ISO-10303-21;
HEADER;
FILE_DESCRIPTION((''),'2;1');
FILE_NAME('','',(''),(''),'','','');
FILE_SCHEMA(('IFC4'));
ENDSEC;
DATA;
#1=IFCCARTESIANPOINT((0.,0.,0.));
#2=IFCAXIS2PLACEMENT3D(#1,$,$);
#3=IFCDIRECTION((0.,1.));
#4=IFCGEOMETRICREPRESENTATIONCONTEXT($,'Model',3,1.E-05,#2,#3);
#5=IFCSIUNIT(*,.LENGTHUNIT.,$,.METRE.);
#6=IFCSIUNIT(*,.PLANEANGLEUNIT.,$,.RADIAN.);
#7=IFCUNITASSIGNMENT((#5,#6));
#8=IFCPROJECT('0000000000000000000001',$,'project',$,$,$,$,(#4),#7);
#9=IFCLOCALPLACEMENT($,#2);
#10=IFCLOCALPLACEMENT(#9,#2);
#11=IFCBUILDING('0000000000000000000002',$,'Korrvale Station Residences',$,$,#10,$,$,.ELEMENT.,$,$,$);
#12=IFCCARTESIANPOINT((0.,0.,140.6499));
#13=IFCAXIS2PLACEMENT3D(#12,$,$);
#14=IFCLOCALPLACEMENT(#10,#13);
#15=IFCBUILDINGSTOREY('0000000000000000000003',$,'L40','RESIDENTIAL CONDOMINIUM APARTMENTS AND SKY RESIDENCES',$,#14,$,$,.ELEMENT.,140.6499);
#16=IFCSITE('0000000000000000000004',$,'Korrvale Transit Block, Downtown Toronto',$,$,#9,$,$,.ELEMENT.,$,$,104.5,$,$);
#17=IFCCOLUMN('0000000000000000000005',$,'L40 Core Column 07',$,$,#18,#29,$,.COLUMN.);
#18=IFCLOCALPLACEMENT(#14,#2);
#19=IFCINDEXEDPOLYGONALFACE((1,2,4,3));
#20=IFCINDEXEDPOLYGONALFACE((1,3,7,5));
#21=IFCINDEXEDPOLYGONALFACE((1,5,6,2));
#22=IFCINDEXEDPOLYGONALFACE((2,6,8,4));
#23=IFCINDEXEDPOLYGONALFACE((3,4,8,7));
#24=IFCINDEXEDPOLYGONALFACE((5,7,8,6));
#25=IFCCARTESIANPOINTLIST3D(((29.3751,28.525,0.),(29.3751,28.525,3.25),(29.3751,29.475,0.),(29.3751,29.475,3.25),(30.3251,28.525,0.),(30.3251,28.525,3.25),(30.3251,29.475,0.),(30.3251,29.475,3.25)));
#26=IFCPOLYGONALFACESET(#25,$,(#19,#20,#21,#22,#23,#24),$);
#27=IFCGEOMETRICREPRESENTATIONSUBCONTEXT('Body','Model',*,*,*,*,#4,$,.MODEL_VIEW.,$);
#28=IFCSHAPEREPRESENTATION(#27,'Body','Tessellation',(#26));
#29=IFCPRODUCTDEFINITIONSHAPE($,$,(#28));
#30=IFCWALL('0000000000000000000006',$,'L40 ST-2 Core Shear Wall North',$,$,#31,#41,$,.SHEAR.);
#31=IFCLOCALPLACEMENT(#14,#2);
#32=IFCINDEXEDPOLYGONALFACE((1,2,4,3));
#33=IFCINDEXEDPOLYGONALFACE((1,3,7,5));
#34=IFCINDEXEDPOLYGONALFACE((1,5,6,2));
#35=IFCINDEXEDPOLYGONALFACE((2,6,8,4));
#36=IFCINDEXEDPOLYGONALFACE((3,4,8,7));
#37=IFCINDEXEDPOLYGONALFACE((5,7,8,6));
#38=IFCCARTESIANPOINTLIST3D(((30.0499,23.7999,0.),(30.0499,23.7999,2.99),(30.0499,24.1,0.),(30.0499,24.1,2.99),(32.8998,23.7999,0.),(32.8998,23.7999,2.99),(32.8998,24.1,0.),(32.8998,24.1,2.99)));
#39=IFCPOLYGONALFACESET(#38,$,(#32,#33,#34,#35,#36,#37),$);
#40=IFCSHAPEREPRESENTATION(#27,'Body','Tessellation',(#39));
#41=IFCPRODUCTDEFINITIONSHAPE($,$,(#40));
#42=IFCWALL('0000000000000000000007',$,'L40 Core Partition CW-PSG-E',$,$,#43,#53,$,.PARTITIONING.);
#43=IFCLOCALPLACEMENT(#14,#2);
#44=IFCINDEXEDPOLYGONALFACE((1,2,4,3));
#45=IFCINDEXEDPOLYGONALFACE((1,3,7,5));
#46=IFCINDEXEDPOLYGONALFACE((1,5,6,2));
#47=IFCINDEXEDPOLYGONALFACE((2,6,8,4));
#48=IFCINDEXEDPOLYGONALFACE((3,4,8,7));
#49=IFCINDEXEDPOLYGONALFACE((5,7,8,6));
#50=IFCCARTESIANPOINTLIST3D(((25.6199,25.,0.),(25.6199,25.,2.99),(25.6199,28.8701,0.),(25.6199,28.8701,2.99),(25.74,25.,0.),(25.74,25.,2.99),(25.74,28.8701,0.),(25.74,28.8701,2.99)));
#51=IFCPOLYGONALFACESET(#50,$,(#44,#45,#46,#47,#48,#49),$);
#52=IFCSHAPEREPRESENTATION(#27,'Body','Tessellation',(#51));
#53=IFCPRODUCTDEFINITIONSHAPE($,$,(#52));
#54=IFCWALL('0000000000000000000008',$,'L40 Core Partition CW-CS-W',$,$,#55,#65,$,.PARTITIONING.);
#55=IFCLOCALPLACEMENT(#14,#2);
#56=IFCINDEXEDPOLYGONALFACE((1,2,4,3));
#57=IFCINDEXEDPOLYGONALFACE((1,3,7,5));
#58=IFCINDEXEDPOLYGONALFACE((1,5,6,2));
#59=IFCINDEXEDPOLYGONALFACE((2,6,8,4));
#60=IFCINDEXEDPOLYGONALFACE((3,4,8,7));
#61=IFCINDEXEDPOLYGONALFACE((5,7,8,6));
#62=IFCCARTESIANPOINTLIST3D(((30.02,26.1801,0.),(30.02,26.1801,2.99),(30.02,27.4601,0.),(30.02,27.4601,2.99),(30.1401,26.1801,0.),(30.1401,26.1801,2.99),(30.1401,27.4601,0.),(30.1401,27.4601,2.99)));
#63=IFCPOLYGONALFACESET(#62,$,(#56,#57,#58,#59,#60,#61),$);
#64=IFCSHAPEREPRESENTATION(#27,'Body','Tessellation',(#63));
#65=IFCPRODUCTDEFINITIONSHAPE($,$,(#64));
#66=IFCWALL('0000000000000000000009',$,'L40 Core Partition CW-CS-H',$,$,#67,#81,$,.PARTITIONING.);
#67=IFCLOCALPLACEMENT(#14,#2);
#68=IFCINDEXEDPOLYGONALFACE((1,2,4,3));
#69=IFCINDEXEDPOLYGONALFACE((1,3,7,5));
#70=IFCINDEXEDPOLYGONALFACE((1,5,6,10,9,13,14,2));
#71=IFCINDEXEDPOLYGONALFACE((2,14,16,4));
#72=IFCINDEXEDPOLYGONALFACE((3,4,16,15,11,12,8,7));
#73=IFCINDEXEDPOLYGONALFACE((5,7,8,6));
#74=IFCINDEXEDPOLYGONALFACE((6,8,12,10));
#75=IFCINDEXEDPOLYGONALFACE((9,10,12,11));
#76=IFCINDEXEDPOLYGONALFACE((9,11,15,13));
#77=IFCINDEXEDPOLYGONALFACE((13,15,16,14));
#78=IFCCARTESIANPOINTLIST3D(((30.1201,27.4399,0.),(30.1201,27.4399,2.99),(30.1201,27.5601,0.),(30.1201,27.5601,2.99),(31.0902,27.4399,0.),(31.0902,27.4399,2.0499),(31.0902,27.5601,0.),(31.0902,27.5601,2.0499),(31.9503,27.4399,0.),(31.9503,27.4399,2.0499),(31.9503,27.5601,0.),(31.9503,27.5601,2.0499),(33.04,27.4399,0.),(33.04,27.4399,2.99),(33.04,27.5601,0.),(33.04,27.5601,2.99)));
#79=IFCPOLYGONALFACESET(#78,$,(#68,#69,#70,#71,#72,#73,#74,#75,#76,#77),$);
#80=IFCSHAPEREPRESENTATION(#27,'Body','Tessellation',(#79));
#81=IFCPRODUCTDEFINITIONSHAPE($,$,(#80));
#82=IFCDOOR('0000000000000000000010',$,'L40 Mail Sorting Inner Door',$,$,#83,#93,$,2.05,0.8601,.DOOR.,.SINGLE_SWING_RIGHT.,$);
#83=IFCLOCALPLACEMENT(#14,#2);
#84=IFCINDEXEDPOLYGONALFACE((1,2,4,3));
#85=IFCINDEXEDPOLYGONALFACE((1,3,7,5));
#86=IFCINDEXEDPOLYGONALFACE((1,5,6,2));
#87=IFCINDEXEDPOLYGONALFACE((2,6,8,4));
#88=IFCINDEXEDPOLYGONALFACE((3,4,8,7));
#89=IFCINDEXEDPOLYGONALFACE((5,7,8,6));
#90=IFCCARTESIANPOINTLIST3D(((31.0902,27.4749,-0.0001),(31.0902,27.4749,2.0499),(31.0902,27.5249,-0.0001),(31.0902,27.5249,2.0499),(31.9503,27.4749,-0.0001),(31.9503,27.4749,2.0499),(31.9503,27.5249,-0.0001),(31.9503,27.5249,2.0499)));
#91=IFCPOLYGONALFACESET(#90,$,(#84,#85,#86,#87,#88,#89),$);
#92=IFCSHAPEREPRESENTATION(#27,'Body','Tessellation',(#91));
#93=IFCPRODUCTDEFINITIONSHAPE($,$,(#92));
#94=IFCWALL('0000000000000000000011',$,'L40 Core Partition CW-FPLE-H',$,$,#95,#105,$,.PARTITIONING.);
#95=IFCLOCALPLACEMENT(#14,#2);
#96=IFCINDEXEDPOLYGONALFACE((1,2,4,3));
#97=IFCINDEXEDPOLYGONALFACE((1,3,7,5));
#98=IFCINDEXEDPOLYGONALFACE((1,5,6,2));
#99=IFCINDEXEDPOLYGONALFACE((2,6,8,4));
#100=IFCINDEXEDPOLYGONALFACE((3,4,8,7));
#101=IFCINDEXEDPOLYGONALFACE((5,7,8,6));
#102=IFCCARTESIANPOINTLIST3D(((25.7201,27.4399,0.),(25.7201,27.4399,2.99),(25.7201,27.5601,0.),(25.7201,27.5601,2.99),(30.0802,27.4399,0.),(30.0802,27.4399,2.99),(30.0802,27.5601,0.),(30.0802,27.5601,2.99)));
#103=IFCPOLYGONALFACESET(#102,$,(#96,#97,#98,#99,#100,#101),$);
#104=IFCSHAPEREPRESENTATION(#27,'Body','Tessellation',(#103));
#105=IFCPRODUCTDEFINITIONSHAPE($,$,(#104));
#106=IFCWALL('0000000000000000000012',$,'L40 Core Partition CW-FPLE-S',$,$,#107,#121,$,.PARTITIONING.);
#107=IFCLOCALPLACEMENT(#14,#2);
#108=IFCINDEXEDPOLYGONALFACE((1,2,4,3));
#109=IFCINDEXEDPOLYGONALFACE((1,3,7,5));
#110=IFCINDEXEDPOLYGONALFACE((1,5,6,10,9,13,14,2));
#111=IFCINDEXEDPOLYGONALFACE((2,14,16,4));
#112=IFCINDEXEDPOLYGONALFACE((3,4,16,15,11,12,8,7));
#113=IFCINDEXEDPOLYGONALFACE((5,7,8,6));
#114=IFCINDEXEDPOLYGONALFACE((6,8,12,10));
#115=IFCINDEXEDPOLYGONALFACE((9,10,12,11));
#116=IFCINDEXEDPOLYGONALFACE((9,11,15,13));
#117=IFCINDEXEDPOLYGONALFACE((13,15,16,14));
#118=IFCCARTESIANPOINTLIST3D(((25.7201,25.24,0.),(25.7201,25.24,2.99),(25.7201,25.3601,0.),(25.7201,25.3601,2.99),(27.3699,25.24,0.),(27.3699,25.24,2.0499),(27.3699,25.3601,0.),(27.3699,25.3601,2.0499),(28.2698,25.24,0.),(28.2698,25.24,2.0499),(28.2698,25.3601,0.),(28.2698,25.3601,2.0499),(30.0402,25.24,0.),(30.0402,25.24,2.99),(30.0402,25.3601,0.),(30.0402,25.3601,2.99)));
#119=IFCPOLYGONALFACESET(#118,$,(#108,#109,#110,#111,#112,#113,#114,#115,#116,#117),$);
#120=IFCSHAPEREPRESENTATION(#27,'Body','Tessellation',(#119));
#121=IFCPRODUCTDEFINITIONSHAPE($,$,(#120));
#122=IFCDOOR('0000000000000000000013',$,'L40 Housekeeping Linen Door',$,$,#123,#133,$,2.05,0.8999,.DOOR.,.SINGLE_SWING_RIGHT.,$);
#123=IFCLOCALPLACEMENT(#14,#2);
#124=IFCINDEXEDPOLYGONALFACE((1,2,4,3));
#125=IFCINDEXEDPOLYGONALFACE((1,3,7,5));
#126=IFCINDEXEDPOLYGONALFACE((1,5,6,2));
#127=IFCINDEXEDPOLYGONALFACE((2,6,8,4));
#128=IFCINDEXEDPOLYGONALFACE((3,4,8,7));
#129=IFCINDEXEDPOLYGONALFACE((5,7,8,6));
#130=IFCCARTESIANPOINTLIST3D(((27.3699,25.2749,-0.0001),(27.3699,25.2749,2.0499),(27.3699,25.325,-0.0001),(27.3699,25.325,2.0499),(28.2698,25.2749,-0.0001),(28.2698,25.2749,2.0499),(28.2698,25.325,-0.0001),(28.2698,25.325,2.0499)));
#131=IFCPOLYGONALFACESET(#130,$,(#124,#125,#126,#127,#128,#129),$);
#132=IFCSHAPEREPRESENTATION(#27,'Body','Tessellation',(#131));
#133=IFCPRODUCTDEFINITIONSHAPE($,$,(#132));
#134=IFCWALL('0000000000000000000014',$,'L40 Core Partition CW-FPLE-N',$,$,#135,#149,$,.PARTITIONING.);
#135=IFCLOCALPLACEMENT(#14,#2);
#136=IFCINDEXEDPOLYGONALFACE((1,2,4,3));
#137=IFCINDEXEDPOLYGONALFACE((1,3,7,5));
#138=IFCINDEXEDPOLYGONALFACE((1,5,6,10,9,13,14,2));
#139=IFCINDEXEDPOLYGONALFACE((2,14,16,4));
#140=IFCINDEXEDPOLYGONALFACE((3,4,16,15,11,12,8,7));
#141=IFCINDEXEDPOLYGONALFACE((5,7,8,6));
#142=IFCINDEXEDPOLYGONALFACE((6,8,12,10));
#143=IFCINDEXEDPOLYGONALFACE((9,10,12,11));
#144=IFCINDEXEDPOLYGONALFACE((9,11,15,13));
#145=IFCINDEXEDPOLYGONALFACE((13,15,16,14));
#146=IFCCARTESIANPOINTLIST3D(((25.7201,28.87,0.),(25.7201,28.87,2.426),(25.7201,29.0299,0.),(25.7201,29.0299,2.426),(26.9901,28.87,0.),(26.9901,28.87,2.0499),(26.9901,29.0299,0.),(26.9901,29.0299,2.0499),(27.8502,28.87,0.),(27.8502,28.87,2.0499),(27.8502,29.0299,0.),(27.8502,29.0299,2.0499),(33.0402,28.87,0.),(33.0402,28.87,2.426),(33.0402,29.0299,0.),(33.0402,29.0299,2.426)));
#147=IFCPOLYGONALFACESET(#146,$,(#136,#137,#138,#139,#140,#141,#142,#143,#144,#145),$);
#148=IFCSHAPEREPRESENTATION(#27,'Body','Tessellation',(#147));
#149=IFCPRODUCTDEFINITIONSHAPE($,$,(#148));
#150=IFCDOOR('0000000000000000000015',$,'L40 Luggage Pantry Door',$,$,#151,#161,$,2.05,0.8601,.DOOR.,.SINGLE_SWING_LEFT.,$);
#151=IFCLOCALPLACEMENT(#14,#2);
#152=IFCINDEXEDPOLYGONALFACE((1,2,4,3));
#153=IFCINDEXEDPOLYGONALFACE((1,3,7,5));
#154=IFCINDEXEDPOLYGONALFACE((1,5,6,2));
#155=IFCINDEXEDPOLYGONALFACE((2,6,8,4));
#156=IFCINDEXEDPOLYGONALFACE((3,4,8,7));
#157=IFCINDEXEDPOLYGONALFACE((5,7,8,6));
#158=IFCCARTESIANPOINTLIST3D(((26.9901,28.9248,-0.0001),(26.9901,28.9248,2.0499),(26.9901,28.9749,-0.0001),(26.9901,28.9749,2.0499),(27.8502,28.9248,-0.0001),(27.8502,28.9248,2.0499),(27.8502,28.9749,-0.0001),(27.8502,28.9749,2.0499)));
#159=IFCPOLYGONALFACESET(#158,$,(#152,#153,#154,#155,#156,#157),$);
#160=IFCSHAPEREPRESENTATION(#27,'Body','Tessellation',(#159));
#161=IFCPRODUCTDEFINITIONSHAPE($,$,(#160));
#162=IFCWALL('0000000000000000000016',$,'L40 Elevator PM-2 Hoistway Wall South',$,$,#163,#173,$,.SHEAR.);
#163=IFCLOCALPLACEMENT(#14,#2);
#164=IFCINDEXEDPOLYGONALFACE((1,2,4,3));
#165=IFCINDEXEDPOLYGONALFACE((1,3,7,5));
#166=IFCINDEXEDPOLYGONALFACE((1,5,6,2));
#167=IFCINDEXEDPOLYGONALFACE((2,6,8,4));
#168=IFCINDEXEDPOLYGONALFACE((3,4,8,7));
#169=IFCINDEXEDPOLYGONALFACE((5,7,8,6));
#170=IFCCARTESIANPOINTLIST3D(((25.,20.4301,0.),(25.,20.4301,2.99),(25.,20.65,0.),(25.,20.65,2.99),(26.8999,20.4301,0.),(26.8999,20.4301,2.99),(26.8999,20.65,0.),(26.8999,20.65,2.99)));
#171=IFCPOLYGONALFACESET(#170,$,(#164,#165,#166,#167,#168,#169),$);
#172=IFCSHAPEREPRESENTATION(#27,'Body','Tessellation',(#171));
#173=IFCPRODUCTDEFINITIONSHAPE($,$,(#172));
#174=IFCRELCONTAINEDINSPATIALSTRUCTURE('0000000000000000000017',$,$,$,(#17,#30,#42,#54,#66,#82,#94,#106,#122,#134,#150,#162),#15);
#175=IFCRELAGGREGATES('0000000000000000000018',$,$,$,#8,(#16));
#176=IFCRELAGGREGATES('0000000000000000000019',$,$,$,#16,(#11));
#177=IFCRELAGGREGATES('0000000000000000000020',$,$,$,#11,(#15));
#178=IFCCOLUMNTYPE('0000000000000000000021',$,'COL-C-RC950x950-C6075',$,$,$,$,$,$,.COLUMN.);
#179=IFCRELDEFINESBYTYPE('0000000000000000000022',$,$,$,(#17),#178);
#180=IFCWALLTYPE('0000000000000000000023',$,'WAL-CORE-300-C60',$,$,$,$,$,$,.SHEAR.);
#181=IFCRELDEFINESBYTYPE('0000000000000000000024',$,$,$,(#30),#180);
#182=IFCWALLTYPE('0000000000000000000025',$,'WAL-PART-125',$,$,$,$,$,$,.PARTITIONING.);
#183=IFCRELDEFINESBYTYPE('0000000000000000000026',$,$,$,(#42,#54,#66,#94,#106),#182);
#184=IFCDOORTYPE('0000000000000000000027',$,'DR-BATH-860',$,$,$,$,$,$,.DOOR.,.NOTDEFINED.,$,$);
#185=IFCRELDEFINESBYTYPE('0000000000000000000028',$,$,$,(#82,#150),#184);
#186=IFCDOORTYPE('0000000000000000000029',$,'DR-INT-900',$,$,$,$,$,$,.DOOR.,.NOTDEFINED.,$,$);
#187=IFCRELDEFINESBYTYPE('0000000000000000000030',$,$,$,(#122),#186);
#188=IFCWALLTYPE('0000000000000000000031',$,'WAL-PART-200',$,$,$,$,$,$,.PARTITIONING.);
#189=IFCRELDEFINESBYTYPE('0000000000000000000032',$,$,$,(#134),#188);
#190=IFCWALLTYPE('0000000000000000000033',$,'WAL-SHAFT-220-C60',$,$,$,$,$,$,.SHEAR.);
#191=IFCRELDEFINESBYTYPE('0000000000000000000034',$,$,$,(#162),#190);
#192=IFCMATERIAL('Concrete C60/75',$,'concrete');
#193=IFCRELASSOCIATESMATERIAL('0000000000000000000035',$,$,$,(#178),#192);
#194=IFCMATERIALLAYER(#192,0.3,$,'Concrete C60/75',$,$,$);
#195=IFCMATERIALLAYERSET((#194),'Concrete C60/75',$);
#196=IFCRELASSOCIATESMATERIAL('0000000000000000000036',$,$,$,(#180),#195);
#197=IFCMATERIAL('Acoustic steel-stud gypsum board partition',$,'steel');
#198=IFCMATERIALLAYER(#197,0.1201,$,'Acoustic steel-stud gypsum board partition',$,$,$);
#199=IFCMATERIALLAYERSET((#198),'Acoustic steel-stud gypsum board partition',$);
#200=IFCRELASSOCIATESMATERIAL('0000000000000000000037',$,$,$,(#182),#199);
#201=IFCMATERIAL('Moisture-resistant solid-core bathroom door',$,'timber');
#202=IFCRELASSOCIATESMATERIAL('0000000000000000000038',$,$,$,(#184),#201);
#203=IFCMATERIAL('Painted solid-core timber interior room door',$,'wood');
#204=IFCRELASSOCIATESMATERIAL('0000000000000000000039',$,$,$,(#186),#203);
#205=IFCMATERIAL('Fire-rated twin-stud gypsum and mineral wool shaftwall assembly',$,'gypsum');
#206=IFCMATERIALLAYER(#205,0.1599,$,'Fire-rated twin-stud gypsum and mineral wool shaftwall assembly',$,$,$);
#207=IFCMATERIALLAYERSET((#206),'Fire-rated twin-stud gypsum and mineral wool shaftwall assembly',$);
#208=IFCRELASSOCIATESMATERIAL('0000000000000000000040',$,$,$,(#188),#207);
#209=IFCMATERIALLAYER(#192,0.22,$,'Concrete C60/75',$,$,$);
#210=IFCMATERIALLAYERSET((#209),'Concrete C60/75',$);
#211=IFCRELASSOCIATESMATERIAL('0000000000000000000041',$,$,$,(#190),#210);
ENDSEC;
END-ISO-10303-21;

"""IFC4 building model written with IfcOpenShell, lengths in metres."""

from ifc_helpers import new_model, si_unit, direction, frame, frame_2d, origin, origin_2d, place, context, subcontext, project, spatial, rectangle, extrude, material, layer, layer_set, material_profile, profile_set, type_object, element, fill, save


model = new_model("IFC4")

# Units and contexts
model_context = context("Model", 3, precision=1e-05, world=origin(), true_north=direction((0.0, 1.0)))
body_context = subcontext(model_context, "Body", "Model", "MODEL_VIEW")
ifc_project = project(units=[si_unit("LENGTHUNIT", "METRE"), si_unit("PLANEANGLEUNIT", "RADIAN")], contexts=[model_context])

# Site, building, storey
site_placement = place(None, origin())
site = spatial("IfcSite", under=ifc_project, at=site_placement, Name="Korrvale Transit Block, Downtown Toronto", CompositionType="ELEMENT", RefElevation=104.5)
building_placement = place(site_placement, origin())
building = spatial("IfcBuilding", under=site, at=building_placement, Name="Korrvale Station Residences", CompositionType="ELEMENT")
storey_placement = place(building_placement, frame((0.0, 0.0, 140.6499)))
storey = spatial("IfcBuildingStorey", under=building, at=storey_placement, Name="L40", Description="RESIDENTIAL CONDOMINIUM APARTMENTS AND SKY RESIDENCES", CompositionType="ELEMENT", Elevation=140.6499)

# Column
ifc_material_1 = material(Name="Concrete C60/75", Category="concrete")
ifc_material_profile = material_profile(ifc_material_1, rectangle(XDim=0.95, YDim=0.95, at=origin_2d()), Name="RC950x950")
ifc_profile_set = profile_set([ifc_material_profile], Name="Concrete C60/75")
column_type = type_object("IfcColumnType", Name="COL-C-RC950x950-C6075", PredefinedType="COLUMN", material=ifc_profile_set)
column_placement = place(storey_placement, frame((29.8501, 29.0, 0.0), z_axis=(0.0, 0.0, 1.0), x_axis=(1.0, 0.0, 0.0)))
element("IfcColumn", 1, at=column_placement, inside=storey, type_object=column_type, Name="L40 Core Column 07", PredefinedType="COLUMN", context=body_context, shape_type="SweptSolid", body=[
    extrude(rectangle(XDim=0.95, YDim=0.95, at=origin_2d()), origin(), (0.0, 0.0, 1.0), 3.25),
])

# Walls
ifc_layer_1 = layer(ifc_material_1, 0.3, Name="Concrete C60/75")
ifc_layer_set_1 = layer_set([ifc_layer_1], Name="Concrete C60/75")
wall_type_1 = type_object("IfcWallType", Name="WAL-CORE-300-C60", PredefinedType="SHEAR", material=ifc_layer_set_1)
wall_1_placement = place(storey_placement, frame((30.05, 23.95, 0.0), z_axis=(0.0, 0.0, 1.0), x_axis=(1.0, 0.0, 0.0)))
element("IfcWall", 2, at=wall_1_placement, inside=storey, type_object=wall_type_1, Name="L40 ST-2 Core Shear Wall North", PredefinedType="SHEAR", context=body_context, shape_type="SweptSolid", body=[
    extrude(rectangle(XDim=2.8499, YDim=0.3, at=frame_2d((1.4248, 0.0))), origin(), (0.0, 0.0, 1.0), 2.99),
])
ifc_material_2 = material(Name="Acoustic steel-stud gypsum board partition", Category="steel")
ifc_layer_2 = layer(ifc_material_2, 0.1201, Name="Acoustic steel-stud gypsum board partition")
ifc_layer_set_2 = layer_set([ifc_layer_2], Name="Acoustic steel-stud gypsum board partition")
wall_type_2 = type_object("IfcWallType", Name="WAL-PART-125", PredefinedType="PARTITIONING", material=ifc_layer_set_2)
wall_2_placement = place(storey_placement, frame((25.6799, 25.0, 0.0), z_axis=(0.0, 0.0, 1.0), x_axis=(0.0, 1.0, 0.0)))
element("IfcWall", 3, at=wall_2_placement, inside=storey, type_object=wall_type_2, Name="L40 Core Partition CW-PSG-E", PredefinedType="PARTITIONING", context=body_context, shape_type="SweptSolid", body=[
    extrude(rectangle(XDim=3.8701, YDim=0.1201, at=frame_2d((1.9351, 0.0))), origin(), (0.0, 0.0, 1.0), 2.99),
])
wall_3_placement = place(storey_placement, frame((30.0801, 26.1799, 0.0), z_axis=(0.0, 0.0, 1.0), x_axis=(0.0, 1.0, 0.0)))
element("IfcWall", 4, at=wall_3_placement, inside=storey, type_object=wall_type_2, Name="L40 Core Partition CW-CS-W", PredefinedType="PARTITIONING", context=body_context, shape_type="SweptSolid", body=[
    extrude(rectangle(XDim=1.28, YDim=0.1201, at=frame_2d((0.6401, 0.0))), origin(), (0.0, 0.0, 1.0), 2.99),
])

# Wall, opening, door
wall_4_placement = place(storey_placement, frame((30.1201, 27.5, 0.0), z_axis=(0.0, 0.0, 1.0), x_axis=(1.0, 0.0, 0.0)))
wall_4 = element("IfcWall", 5, at=wall_4_placement, inside=storey, type_object=wall_type_2, Name="L40 Core Partition CW-CS-H", PredefinedType="PARTITIONING", context=body_context, shape_type="SweptSolid", body=[
    extrude(rectangle(XDim=2.9199, YDim=0.1201, at=frame_2d((1.46, 0.0))), origin(), (0.0, 0.0, 1.0), 2.99),
])
opening_1_placement = place(wall_4_placement, frame((0.97, 0.0, 0.0)))
opening_1 = element("IfcOpeningElement", 6, at=opening_1_placement, cuts=wall_4, PredefinedType="OPENING", context=body_context, shape_type="SweptSolid", body=[
    extrude(rectangle(XDim=0.8601, YDim=2.05, at=frame_2d((0.4302, 1.0249))), frame((0.0, 0.0701, 0.0), z_axis=(0.0, -1.0, 0.0), x_axis=(1.0, 0.0, 0.0)), (0.0, 0.0, 1.0), 0.1401),
])
ifc_material_3 = material(Name="Moisture-resistant solid-core bathroom door", Category="timber")
door_type_1 = type_object("IfcDoorType", Name="DR-BATH-860", OperationType="NOTDEFINED", PredefinedType="DOOR", material=ifc_material_3)
door_1_placement = place(opening_1_placement, origin())
door_1 = element("IfcDoor", 7, at=door_1_placement, inside=storey, type_object=door_type_1, Name="L40 Mail Sorting Inner Door", OperationType="SINGLE_SWING_RIGHT", OverallHeight=2.05, OverallWidth=0.8601, PredefinedType="DOOR", context=body_context, shape_type="SweptSolid", body=[
    extrude(rectangle(XDim=0.8601, YDim=2.05, at=frame_2d((0.4302, 1.0249))), frame((0.0, 0.0249, 0.0), z_axis=(0.0, -1.0, 0.0), x_axis=(1.0, 0.0, 0.0)), (0.0, 0.0, 1.0), 0.05),
])
fill(opening_1, door_1)

# Wall
wall_5_placement = place(storey_placement, frame((25.72, 27.5, 0.0), z_axis=(0.0, 0.0, 1.0), x_axis=(1.0, 0.0, 0.0)))
element("IfcWall", 8, at=wall_5_placement, inside=storey, type_object=wall_type_2, Name="L40 Core Partition CW-FPLE-H", PredefinedType="PARTITIONING", context=body_context, shape_type="SweptSolid", body=[
    extrude(rectangle(XDim=4.3601, YDim=0.1201, at=frame_2d((2.1802, 0.0))), origin(), (0.0, 0.0, 1.0), 2.99),
])

# Walls, openings, doors
wall_6_placement = place(storey_placement, frame((25.72, 25.3, 0.0), z_axis=(0.0, 0.0, 1.0), x_axis=(1.0, 0.0, 0.0)))
wall_6 = element("IfcWall", 9, at=wall_6_placement, inside=storey, type_object=wall_type_2, Name="L40 Core Partition CW-FPLE-S", PredefinedType="PARTITIONING", context=body_context, shape_type="SweptSolid", body=[
    extrude(rectangle(XDim=4.3201, YDim=0.1201, at=frame_2d((2.1602, 0.0))), origin(), (0.0, 0.0, 1.0), 2.99),
])
opening_2_placement = place(wall_6_placement, frame((1.6499, 0.0, 0.0)))
opening_2 = element("IfcOpeningElement", 10, at=opening_2_placement, cuts=wall_6, PredefinedType="OPENING", context=body_context, shape_type="SweptSolid", body=[
    extrude(rectangle(XDim=0.8999, YDim=2.05, at=frame_2d((0.45, 1.0249))), frame((0.0, 0.0701, 0.0), z_axis=(0.0, -1.0, 0.0), x_axis=(1.0, 0.0, 0.0)), (0.0, 0.0, 1.0), 0.1401),
])
ifc_material_4 = material(Name="Painted solid-core timber interior room door", Category="wood")
door_type_2 = type_object("IfcDoorType", Name="DR-INT-900", OperationType="NOTDEFINED", PredefinedType="DOOR", material=ifc_material_4)
door_2_placement = place(opening_2_placement, origin())
door_2 = element("IfcDoor", 11, at=door_2_placement, inside=storey, type_object=door_type_2, Name="L40 Housekeeping Linen Door", OperationType="SINGLE_SWING_RIGHT", OverallHeight=2.05, OverallWidth=0.8999, PredefinedType="DOOR", context=body_context, shape_type="SweptSolid", body=[
    extrude(rectangle(XDim=0.8999, YDim=2.05, at=frame_2d((0.45, 1.0249))), frame((0.0, 0.0249, 0.0), z_axis=(0.0, -1.0, 0.0), x_axis=(1.0, 0.0, 0.0)), (0.0, 0.0, 1.0), 0.05),
])
fill(opening_2, door_2)
ifc_material_5 = material(Name="Fire-rated twin-stud gypsum and mineral wool shaftwall assembly", Category="gypsum")
ifc_layer_3 = layer(ifc_material_5, 0.1599, Name="Fire-rated twin-stud gypsum and mineral wool shaftwall assembly")
ifc_layer_set_3 = layer_set([ifc_layer_3], Name="Fire-rated twin-stud gypsum and mineral wool shaftwall assembly")
wall_type_3 = type_object("IfcWallType", Name="WAL-PART-200", PredefinedType="PARTITIONING", material=ifc_layer_set_3)
wall_7_placement = place(storey_placement, frame((25.72, 28.95, 0.0), z_axis=(0.0, 0.0, 1.0), x_axis=(1.0, 0.0, 0.0)))
wall_7 = element("IfcWall", 12, at=wall_7_placement, inside=storey, type_object=wall_type_3, Name="L40 Core Partition CW-FPLE-N", PredefinedType="PARTITIONING", context=body_context, shape_type="SweptSolid", body=[
    extrude(rectangle(XDim=7.3201, YDim=0.1599, at=frame_2d((3.6602, 0.0))), origin(), (0.0, 0.0, 1.0), 2.426),
])
opening_3_placement = place(wall_7_placement, frame((1.27, 0.0, 0.0)))
opening_3 = element("IfcOpeningElement", 13, at=opening_3_placement, cuts=wall_7, PredefinedType="OPENING", context=body_context, shape_type="SweptSolid", body=[
    extrude(rectangle(XDim=0.8601, YDim=2.05, at=frame_2d((0.4302, 1.0249))), frame((0.0, 0.0898, 0.0), z_axis=(0.0, -1.0, 0.0), x_axis=(1.0, 0.0, 0.0)), (0.0, 0.0, 1.0), 0.1799),
])
door_3_placement = place(opening_3_placement, origin())
door_3 = element("IfcDoor", 14, at=door_3_placement, inside=storey, type_object=door_type_1, Name="L40 Luggage Pantry Door", OperationType="SINGLE_SWING_LEFT", OverallHeight=2.05, OverallWidth=0.8601, PredefinedType="DOOR", context=body_context, shape_type="SweptSolid", body=[
    extrude(rectangle(XDim=0.8601, YDim=2.05, at=frame_2d((0.4302, 1.0249))), frame((0.0, 0.0249, 0.0), z_axis=(0.0, -1.0, 0.0), x_axis=(1.0, 0.0, 0.0)), (0.0, 0.0, 1.0), 0.05),
])
fill(opening_3, door_3)

# Wall
ifc_layer_4 = layer(ifc_material_1, 0.22, Name="Concrete C60/75")
ifc_layer_set_4 = layer_set([ifc_layer_4], Name="Concrete C60/75")
wall_type_4 = type_object("IfcWallType", Name="WAL-SHAFT-220-C60", PredefinedType="SHEAR", material=ifc_layer_set_4)
wall_8_placement = place(storey_placement, frame((25.0, 20.54, 0.0), z_axis=(0.0, 0.0, 1.0), x_axis=(1.0, 0.0, 0.0)))
element("IfcWall", 15, at=wall_8_placement, inside=storey, type_object=wall_type_4, Name="L40 Elevator PM-2 Hoistway Wall South", PredefinedType="SHEAR", context=body_context, shape_type="SweptSolid", body=[
    extrude(rectangle(XDim=1.8999, YDim=0.22, at=frame_2d((0.95, 0.0))), origin(), (0.0, 0.0, 1.0), 2.99),
])

save(model, "model.ifc")
